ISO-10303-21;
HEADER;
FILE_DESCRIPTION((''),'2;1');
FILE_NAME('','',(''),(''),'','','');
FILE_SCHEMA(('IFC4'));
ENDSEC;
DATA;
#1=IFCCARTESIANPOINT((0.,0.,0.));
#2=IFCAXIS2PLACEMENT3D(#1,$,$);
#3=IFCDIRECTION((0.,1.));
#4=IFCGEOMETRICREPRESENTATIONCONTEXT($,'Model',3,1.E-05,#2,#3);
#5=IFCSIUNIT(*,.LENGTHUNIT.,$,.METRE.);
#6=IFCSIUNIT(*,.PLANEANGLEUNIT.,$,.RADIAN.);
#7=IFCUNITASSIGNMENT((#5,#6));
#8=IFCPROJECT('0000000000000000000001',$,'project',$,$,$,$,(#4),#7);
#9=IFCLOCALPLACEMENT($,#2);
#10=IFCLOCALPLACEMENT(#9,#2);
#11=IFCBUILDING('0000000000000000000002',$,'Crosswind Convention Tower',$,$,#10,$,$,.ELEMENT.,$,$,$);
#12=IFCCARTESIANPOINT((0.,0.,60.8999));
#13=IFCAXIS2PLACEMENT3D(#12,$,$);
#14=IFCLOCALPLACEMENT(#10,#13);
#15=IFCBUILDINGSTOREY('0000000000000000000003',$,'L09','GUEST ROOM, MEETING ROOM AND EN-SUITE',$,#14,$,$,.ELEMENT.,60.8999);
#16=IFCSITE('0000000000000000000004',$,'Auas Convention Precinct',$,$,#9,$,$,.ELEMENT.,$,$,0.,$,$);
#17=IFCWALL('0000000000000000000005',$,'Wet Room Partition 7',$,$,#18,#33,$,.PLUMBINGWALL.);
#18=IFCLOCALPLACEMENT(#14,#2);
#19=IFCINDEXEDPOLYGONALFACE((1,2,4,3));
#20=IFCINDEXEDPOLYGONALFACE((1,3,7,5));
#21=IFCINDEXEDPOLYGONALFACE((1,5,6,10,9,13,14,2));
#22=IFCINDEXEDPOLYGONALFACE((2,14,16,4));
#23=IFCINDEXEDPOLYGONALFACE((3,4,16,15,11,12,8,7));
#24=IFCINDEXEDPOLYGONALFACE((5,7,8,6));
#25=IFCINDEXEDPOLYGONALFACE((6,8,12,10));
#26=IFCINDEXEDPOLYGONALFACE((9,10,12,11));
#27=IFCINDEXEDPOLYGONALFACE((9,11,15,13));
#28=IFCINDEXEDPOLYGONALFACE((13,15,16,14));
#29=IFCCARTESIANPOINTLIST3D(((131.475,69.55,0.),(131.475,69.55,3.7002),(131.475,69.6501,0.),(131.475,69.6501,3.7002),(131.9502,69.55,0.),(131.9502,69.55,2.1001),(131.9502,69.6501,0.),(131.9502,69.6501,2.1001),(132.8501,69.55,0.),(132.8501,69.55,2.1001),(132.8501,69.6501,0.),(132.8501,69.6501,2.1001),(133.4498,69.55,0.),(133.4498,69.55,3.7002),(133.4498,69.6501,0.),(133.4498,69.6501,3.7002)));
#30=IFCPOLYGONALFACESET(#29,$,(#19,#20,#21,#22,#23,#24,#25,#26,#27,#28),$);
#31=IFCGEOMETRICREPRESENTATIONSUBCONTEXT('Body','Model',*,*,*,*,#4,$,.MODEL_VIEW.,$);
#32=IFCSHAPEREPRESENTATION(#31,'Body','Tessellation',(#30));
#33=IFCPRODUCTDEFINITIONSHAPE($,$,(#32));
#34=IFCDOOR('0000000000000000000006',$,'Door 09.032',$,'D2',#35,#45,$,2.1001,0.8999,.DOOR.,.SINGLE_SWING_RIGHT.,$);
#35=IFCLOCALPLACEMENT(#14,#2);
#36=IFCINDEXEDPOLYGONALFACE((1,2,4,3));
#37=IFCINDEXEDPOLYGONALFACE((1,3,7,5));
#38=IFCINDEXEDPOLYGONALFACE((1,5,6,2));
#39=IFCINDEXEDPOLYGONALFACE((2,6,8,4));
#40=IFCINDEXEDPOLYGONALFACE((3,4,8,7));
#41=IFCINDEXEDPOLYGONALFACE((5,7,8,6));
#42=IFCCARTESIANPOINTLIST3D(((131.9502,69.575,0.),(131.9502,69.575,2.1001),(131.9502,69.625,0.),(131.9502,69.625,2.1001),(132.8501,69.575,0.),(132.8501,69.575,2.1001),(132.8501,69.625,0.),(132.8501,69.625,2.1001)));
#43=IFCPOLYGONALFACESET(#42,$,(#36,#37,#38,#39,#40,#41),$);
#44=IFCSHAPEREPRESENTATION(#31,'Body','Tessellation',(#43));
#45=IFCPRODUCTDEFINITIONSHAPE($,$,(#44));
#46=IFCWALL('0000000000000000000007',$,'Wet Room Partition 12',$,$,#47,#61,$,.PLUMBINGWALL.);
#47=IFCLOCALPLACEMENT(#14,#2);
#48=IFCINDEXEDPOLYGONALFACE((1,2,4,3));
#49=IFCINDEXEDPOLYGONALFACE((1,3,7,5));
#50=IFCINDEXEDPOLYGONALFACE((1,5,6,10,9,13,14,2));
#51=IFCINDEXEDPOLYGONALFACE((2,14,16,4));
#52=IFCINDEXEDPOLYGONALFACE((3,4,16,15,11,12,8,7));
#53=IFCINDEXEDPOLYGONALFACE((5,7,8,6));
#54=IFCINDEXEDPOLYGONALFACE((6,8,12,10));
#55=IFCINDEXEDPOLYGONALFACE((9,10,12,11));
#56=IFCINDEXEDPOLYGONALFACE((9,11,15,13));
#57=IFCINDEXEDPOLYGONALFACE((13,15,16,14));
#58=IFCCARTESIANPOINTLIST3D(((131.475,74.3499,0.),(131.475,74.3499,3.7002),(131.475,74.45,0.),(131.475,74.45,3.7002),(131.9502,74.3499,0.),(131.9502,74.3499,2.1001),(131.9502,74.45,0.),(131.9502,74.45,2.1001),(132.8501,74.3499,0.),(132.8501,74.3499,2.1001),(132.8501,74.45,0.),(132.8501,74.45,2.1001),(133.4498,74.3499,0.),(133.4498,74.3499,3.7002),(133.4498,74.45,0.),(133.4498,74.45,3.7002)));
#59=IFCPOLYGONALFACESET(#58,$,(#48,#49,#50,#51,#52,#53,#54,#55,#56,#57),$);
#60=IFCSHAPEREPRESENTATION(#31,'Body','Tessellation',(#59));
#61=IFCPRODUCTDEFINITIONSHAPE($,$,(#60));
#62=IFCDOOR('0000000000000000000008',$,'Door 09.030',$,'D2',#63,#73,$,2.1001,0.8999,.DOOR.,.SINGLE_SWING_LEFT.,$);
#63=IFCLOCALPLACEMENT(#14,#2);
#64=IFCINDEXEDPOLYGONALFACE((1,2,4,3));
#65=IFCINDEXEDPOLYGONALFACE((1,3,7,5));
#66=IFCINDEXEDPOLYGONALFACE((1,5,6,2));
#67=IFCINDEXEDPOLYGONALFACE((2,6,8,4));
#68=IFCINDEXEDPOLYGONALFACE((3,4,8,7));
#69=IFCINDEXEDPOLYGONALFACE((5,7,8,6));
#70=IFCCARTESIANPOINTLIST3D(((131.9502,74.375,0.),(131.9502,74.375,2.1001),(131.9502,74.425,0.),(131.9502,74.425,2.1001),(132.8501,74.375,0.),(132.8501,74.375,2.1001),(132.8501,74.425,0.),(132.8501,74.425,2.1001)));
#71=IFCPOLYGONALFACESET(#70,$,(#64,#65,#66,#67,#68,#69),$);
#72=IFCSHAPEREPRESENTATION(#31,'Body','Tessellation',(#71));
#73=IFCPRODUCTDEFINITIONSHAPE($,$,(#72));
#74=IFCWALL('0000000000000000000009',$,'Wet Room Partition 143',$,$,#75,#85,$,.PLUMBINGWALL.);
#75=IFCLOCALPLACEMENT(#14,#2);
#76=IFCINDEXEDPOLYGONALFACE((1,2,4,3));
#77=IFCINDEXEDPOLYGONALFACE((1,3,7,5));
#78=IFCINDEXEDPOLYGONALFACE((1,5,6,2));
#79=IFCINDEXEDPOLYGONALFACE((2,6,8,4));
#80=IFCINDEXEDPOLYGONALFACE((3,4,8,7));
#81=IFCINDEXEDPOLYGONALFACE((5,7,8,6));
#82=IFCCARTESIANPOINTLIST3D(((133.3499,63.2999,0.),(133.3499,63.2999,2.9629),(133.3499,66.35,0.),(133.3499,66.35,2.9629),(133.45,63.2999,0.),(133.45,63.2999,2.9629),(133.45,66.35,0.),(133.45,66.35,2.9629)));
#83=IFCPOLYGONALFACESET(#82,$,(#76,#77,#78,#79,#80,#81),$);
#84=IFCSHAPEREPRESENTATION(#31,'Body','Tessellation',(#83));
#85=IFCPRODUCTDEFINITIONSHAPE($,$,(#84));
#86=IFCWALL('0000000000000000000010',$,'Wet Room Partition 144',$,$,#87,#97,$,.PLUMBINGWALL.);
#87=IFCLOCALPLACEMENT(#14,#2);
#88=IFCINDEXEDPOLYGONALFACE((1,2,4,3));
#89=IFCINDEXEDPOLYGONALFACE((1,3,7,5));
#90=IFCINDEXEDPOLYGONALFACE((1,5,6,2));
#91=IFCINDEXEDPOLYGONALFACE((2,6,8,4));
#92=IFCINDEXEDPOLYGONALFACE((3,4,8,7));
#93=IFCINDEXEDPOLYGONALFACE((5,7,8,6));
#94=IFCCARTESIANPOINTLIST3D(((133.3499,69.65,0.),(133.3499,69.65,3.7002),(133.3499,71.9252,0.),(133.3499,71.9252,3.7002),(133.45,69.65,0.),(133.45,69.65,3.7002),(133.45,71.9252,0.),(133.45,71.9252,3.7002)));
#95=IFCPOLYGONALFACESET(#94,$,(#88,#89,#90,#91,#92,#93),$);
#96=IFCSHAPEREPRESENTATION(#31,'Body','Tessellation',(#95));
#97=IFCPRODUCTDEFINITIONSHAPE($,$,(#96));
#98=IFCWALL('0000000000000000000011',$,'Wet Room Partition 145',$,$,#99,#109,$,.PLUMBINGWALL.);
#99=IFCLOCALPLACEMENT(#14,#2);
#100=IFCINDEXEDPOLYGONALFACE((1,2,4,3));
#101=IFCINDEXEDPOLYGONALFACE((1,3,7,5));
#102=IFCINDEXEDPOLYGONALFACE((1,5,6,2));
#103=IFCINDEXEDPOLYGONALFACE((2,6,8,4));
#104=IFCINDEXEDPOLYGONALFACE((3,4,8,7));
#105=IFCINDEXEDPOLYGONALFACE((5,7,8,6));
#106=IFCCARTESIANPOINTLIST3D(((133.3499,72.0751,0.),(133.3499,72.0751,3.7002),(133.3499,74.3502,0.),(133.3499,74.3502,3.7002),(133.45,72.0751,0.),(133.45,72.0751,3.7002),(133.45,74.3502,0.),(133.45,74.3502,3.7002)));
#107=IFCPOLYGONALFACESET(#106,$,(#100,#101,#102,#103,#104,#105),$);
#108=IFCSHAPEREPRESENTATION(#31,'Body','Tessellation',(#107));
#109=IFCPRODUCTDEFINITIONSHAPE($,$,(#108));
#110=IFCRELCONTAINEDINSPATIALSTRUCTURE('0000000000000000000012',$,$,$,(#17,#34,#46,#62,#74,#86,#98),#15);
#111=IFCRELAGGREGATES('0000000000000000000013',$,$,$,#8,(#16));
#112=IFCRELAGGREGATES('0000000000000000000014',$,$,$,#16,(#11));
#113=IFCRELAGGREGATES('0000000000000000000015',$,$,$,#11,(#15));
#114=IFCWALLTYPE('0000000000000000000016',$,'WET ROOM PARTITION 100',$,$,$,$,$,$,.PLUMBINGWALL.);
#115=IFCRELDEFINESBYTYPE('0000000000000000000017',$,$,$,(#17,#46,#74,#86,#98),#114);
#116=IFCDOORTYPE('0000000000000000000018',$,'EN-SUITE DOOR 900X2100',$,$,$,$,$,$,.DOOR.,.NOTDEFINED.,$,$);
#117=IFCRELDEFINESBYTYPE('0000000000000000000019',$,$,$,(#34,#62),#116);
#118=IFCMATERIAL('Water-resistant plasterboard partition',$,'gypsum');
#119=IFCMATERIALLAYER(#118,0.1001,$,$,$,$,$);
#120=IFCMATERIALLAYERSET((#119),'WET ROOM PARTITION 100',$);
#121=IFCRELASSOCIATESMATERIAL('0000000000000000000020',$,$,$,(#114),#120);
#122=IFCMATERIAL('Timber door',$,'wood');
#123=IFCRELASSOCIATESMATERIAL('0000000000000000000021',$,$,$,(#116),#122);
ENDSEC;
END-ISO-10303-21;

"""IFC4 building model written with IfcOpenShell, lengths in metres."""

from ifc_helpers import new_model, si_unit, direction, frame, frame_2d, origin, place, context, subcontext, project, spatial, rectangle, extrude, material, layer, layer_set, type_object, element, fill, save


model = new_model("IFC4")

# Units and contexts
model_context = context("Model", 3, precision=1e-05, world=origin(), true_north=direction((0.0, 1.0)))
body_context = subcontext(model_context, "Body", "Model", "MODEL_VIEW")
ifc_project = project(units=[si_unit("LENGTHUNIT", "METRE"), si_unit("PLANEANGLEUNIT", "RADIAN")], contexts=[model_context])

# Site, building, storey
site_placement = place(None, origin())
site = spatial("IfcSite", under=ifc_project, at=site_placement, Name="Auas Convention Precinct", CompositionType="ELEMENT", RefElevation=0.0)
building_placement = place(site_placement, origin())
building = spatial("IfcBuilding", under=site, at=building_placement, Name="Crosswind Convention Tower", CompositionType="ELEMENT")
storey_placement = place(building_placement, frame((0.0, 0.0, 60.8999)))
storey = spatial("IfcBuildingStorey", under=building, at=storey_placement, Name="L09", Description="GUEST ROOM, MEETING ROOM AND EN-SUITE", CompositionType="ELEMENT", Elevation=60.8999)

# Walls, openings, doors
ifc_material_1 = material(Name="Water-resistant plasterboard partition", Category="gypsum")
ifc_layer_1 = layer(ifc_material_1, 0.1001)
ifc_layer_set_1 = layer_set([ifc_layer_1], Name="WET ROOM PARTITION 100")
wall_type_1 = type_object("IfcWallType", Name="WET ROOM PARTITION 100", PredefinedType="PLUMBINGWALL", material=ifc_layer_set_1)
ifc_material_2 = material(Name="Timber door", Category="wood")
door_type_1 = type_object("IfcDoorType", Name="EN-SUITE DOOR 900X2100", OperationType="NOTDEFINED", PredefinedType="DOOR", material=ifc_material_2)
wall_1_placement = place(storey_placement, frame((131.4751, 69.6001, 0.0), z_axis=(0.0, 0.0, 1.0), x_axis=(1.0, 0.0, 0.0)))
wall_1 = element("IfcWall", 1, at=wall_1_placement, inside=storey, type_object=wall_type_1, Name="Wet Room Partition 7", PredefinedType="PLUMBINGWALL", context=body_context, shape_type="SweptSolid", body=[
    extrude(rectangle(XDim=1.9749, YDim=0.1001, at=frame_2d((0.9873, 0.0))), origin(), (0.0, 0.0, 1.0), 3.7002),
])
opening_1_placement = place(wall_1_placement, frame((0.4751, 0.0, 0.0)))
opening_1 = element("IfcOpeningElement", 2, at=opening_1_placement, cuts=wall_1, PredefinedType="OPENING", context=body_context, shape_type="SweptSolid", body=[
    extrude(rectangle(XDim=0.8999, YDim=2.1001, at=frame_2d((0.45, 1.05))), frame((0.0, 0.0601, 0.0), z_axis=(0.0, -1.0, 0.0), x_axis=(1.0, 0.0, 0.0)), (0.0, 0.0, 1.0), 0.1201),
])
door_1_placement = place(opening_1_placement, origin())
door_1 = element("IfcDoor", 3, at=door_1_placement, inside=storey, type_object=door_type_1, Name="Door 09.032", ObjectType="D2", OperationType="SINGLE_SWING_RIGHT", OverallHeight=2.1001, OverallWidth=0.8999, PredefinedType="DOOR", context=body_context, shape_type="SweptSolid", body=[
    extrude(rectangle(XDim=0.8999, YDim=2.1001, at=frame_2d((0.45, 1.05))), frame((0.0, 0.0249, 0.0), z_axis=(0.0, -1.0, 0.0), x_axis=(1.0, 0.0, 0.0)), (0.0, 0.0, 1.0), 0.05),
])
fill(opening_1, door_1)
wall_2_placement = place(storey_placement, frame((131.4751, 74.3999, 0.0), z_axis=(0.0, 0.0, 1.0), x_axis=(1.0, 0.0, 0.0)))
wall_2 = element("IfcWall", 4, at=wall_2_placement, inside=storey, type_object=wall_type_1, Name="Wet Room Partition 12", PredefinedType="PLUMBINGWALL", context=body_context, shape_type="SweptSolid", body=[
    extrude(rectangle(XDim=1.9749, YDim=0.1001, at=frame_2d((0.9873, 0.0))), origin(), (0.0, 0.0, 1.0), 3.7002),
])
opening_2_placement = place(wall_2_placement, frame((0.4751, 0.0, 0.0)))
opening_2 = element("IfcOpeningElement", 5, at=opening_2_placement, cuts=wall_2, PredefinedType="OPENING", context=body_context, shape_type="SweptSolid", body=[
    extrude(rectangle(XDim=0.8999, YDim=2.1001, at=frame_2d((0.45, 1.05))), frame((0.0, 0.0601, 0.0), z_axis=(0.0, -1.0, 0.0), x_axis=(1.0, 0.0, 0.0)), (0.0, 0.0, 1.0), 0.1201),
])
door_2_placement = place(opening_2_placement, frame((0.8999, 0.0, 0.0), z_axis=(0.0, 0.0, 1.0), x_axis=(-1.0, 0.0, 0.0)))
door_2 = element("IfcDoor", 6, at=door_2_placement, inside=storey, type_object=door_type_1, Name="Door 09.030", ObjectType="D2", OperationType="SINGLE_SWING_LEFT", OverallHeight=2.1001, OverallWidth=0.8999, PredefinedType="DOOR", context=body_context, shape_type="SweptSolid", body=[
    extrude(rectangle(XDim=0.8999, YDim=2.1001, at=frame_2d((0.45, 1.05))), frame((0.0, 0.0249, 0.0), z_axis=(0.0, -1.0, 0.0), x_axis=(1.0, 0.0, 0.0)), (0.0, 0.0, 1.0), 0.05),
])
fill(opening_2, door_2)

# Walls
wall_3_placement = place(storey_placement, frame((133.3999, 63.3, 0.0), z_axis=(0.0, 0.0, 1.0), x_axis=(0.0, 1.0, 0.0)))
element("IfcWall", 7, at=wall_3_placement, inside=storey, type_object=wall_type_1, Name="Wet Room Partition 143", PredefinedType="PLUMBINGWALL", context=body_context, shape_type="SweptSolid", body=[
    extrude(rectangle(XDim=3.05, YDim=0.1001, at=frame_2d((1.5249, 0.0))), origin(), (0.0, 0.0, 1.0), 2.9629),
])
for number, where, z_axis, x_axis, name in (
    (8, (133.3999, 69.6499, 0.0), (0.0, 0.0, 1.0), (0.0, 1.0, 0.0), "Wet Room Partition 144"),
    (9, (133.3999, 72.075, 0.0), (0.0, 0.0, 1.0), (0.0, 1.0, 0.0), "Wet Room Partition 145"),
):
    element("IfcWall", number, at=place(storey_placement, frame(where, z_axis=z_axis, x_axis=x_axis)), inside=storey, type_object=wall_type_1, Name=name, PredefinedType="PLUMBINGWALL", context=body_context, shape_type="SweptSolid", body=[
        extrude(rectangle(XDim=2.2751, YDim=0.1001, at=frame_2d((1.1377, 0.0))), origin(), (0.0, 0.0, 1.0), 3.7002),
    ])

save(model, "model.ifc")
